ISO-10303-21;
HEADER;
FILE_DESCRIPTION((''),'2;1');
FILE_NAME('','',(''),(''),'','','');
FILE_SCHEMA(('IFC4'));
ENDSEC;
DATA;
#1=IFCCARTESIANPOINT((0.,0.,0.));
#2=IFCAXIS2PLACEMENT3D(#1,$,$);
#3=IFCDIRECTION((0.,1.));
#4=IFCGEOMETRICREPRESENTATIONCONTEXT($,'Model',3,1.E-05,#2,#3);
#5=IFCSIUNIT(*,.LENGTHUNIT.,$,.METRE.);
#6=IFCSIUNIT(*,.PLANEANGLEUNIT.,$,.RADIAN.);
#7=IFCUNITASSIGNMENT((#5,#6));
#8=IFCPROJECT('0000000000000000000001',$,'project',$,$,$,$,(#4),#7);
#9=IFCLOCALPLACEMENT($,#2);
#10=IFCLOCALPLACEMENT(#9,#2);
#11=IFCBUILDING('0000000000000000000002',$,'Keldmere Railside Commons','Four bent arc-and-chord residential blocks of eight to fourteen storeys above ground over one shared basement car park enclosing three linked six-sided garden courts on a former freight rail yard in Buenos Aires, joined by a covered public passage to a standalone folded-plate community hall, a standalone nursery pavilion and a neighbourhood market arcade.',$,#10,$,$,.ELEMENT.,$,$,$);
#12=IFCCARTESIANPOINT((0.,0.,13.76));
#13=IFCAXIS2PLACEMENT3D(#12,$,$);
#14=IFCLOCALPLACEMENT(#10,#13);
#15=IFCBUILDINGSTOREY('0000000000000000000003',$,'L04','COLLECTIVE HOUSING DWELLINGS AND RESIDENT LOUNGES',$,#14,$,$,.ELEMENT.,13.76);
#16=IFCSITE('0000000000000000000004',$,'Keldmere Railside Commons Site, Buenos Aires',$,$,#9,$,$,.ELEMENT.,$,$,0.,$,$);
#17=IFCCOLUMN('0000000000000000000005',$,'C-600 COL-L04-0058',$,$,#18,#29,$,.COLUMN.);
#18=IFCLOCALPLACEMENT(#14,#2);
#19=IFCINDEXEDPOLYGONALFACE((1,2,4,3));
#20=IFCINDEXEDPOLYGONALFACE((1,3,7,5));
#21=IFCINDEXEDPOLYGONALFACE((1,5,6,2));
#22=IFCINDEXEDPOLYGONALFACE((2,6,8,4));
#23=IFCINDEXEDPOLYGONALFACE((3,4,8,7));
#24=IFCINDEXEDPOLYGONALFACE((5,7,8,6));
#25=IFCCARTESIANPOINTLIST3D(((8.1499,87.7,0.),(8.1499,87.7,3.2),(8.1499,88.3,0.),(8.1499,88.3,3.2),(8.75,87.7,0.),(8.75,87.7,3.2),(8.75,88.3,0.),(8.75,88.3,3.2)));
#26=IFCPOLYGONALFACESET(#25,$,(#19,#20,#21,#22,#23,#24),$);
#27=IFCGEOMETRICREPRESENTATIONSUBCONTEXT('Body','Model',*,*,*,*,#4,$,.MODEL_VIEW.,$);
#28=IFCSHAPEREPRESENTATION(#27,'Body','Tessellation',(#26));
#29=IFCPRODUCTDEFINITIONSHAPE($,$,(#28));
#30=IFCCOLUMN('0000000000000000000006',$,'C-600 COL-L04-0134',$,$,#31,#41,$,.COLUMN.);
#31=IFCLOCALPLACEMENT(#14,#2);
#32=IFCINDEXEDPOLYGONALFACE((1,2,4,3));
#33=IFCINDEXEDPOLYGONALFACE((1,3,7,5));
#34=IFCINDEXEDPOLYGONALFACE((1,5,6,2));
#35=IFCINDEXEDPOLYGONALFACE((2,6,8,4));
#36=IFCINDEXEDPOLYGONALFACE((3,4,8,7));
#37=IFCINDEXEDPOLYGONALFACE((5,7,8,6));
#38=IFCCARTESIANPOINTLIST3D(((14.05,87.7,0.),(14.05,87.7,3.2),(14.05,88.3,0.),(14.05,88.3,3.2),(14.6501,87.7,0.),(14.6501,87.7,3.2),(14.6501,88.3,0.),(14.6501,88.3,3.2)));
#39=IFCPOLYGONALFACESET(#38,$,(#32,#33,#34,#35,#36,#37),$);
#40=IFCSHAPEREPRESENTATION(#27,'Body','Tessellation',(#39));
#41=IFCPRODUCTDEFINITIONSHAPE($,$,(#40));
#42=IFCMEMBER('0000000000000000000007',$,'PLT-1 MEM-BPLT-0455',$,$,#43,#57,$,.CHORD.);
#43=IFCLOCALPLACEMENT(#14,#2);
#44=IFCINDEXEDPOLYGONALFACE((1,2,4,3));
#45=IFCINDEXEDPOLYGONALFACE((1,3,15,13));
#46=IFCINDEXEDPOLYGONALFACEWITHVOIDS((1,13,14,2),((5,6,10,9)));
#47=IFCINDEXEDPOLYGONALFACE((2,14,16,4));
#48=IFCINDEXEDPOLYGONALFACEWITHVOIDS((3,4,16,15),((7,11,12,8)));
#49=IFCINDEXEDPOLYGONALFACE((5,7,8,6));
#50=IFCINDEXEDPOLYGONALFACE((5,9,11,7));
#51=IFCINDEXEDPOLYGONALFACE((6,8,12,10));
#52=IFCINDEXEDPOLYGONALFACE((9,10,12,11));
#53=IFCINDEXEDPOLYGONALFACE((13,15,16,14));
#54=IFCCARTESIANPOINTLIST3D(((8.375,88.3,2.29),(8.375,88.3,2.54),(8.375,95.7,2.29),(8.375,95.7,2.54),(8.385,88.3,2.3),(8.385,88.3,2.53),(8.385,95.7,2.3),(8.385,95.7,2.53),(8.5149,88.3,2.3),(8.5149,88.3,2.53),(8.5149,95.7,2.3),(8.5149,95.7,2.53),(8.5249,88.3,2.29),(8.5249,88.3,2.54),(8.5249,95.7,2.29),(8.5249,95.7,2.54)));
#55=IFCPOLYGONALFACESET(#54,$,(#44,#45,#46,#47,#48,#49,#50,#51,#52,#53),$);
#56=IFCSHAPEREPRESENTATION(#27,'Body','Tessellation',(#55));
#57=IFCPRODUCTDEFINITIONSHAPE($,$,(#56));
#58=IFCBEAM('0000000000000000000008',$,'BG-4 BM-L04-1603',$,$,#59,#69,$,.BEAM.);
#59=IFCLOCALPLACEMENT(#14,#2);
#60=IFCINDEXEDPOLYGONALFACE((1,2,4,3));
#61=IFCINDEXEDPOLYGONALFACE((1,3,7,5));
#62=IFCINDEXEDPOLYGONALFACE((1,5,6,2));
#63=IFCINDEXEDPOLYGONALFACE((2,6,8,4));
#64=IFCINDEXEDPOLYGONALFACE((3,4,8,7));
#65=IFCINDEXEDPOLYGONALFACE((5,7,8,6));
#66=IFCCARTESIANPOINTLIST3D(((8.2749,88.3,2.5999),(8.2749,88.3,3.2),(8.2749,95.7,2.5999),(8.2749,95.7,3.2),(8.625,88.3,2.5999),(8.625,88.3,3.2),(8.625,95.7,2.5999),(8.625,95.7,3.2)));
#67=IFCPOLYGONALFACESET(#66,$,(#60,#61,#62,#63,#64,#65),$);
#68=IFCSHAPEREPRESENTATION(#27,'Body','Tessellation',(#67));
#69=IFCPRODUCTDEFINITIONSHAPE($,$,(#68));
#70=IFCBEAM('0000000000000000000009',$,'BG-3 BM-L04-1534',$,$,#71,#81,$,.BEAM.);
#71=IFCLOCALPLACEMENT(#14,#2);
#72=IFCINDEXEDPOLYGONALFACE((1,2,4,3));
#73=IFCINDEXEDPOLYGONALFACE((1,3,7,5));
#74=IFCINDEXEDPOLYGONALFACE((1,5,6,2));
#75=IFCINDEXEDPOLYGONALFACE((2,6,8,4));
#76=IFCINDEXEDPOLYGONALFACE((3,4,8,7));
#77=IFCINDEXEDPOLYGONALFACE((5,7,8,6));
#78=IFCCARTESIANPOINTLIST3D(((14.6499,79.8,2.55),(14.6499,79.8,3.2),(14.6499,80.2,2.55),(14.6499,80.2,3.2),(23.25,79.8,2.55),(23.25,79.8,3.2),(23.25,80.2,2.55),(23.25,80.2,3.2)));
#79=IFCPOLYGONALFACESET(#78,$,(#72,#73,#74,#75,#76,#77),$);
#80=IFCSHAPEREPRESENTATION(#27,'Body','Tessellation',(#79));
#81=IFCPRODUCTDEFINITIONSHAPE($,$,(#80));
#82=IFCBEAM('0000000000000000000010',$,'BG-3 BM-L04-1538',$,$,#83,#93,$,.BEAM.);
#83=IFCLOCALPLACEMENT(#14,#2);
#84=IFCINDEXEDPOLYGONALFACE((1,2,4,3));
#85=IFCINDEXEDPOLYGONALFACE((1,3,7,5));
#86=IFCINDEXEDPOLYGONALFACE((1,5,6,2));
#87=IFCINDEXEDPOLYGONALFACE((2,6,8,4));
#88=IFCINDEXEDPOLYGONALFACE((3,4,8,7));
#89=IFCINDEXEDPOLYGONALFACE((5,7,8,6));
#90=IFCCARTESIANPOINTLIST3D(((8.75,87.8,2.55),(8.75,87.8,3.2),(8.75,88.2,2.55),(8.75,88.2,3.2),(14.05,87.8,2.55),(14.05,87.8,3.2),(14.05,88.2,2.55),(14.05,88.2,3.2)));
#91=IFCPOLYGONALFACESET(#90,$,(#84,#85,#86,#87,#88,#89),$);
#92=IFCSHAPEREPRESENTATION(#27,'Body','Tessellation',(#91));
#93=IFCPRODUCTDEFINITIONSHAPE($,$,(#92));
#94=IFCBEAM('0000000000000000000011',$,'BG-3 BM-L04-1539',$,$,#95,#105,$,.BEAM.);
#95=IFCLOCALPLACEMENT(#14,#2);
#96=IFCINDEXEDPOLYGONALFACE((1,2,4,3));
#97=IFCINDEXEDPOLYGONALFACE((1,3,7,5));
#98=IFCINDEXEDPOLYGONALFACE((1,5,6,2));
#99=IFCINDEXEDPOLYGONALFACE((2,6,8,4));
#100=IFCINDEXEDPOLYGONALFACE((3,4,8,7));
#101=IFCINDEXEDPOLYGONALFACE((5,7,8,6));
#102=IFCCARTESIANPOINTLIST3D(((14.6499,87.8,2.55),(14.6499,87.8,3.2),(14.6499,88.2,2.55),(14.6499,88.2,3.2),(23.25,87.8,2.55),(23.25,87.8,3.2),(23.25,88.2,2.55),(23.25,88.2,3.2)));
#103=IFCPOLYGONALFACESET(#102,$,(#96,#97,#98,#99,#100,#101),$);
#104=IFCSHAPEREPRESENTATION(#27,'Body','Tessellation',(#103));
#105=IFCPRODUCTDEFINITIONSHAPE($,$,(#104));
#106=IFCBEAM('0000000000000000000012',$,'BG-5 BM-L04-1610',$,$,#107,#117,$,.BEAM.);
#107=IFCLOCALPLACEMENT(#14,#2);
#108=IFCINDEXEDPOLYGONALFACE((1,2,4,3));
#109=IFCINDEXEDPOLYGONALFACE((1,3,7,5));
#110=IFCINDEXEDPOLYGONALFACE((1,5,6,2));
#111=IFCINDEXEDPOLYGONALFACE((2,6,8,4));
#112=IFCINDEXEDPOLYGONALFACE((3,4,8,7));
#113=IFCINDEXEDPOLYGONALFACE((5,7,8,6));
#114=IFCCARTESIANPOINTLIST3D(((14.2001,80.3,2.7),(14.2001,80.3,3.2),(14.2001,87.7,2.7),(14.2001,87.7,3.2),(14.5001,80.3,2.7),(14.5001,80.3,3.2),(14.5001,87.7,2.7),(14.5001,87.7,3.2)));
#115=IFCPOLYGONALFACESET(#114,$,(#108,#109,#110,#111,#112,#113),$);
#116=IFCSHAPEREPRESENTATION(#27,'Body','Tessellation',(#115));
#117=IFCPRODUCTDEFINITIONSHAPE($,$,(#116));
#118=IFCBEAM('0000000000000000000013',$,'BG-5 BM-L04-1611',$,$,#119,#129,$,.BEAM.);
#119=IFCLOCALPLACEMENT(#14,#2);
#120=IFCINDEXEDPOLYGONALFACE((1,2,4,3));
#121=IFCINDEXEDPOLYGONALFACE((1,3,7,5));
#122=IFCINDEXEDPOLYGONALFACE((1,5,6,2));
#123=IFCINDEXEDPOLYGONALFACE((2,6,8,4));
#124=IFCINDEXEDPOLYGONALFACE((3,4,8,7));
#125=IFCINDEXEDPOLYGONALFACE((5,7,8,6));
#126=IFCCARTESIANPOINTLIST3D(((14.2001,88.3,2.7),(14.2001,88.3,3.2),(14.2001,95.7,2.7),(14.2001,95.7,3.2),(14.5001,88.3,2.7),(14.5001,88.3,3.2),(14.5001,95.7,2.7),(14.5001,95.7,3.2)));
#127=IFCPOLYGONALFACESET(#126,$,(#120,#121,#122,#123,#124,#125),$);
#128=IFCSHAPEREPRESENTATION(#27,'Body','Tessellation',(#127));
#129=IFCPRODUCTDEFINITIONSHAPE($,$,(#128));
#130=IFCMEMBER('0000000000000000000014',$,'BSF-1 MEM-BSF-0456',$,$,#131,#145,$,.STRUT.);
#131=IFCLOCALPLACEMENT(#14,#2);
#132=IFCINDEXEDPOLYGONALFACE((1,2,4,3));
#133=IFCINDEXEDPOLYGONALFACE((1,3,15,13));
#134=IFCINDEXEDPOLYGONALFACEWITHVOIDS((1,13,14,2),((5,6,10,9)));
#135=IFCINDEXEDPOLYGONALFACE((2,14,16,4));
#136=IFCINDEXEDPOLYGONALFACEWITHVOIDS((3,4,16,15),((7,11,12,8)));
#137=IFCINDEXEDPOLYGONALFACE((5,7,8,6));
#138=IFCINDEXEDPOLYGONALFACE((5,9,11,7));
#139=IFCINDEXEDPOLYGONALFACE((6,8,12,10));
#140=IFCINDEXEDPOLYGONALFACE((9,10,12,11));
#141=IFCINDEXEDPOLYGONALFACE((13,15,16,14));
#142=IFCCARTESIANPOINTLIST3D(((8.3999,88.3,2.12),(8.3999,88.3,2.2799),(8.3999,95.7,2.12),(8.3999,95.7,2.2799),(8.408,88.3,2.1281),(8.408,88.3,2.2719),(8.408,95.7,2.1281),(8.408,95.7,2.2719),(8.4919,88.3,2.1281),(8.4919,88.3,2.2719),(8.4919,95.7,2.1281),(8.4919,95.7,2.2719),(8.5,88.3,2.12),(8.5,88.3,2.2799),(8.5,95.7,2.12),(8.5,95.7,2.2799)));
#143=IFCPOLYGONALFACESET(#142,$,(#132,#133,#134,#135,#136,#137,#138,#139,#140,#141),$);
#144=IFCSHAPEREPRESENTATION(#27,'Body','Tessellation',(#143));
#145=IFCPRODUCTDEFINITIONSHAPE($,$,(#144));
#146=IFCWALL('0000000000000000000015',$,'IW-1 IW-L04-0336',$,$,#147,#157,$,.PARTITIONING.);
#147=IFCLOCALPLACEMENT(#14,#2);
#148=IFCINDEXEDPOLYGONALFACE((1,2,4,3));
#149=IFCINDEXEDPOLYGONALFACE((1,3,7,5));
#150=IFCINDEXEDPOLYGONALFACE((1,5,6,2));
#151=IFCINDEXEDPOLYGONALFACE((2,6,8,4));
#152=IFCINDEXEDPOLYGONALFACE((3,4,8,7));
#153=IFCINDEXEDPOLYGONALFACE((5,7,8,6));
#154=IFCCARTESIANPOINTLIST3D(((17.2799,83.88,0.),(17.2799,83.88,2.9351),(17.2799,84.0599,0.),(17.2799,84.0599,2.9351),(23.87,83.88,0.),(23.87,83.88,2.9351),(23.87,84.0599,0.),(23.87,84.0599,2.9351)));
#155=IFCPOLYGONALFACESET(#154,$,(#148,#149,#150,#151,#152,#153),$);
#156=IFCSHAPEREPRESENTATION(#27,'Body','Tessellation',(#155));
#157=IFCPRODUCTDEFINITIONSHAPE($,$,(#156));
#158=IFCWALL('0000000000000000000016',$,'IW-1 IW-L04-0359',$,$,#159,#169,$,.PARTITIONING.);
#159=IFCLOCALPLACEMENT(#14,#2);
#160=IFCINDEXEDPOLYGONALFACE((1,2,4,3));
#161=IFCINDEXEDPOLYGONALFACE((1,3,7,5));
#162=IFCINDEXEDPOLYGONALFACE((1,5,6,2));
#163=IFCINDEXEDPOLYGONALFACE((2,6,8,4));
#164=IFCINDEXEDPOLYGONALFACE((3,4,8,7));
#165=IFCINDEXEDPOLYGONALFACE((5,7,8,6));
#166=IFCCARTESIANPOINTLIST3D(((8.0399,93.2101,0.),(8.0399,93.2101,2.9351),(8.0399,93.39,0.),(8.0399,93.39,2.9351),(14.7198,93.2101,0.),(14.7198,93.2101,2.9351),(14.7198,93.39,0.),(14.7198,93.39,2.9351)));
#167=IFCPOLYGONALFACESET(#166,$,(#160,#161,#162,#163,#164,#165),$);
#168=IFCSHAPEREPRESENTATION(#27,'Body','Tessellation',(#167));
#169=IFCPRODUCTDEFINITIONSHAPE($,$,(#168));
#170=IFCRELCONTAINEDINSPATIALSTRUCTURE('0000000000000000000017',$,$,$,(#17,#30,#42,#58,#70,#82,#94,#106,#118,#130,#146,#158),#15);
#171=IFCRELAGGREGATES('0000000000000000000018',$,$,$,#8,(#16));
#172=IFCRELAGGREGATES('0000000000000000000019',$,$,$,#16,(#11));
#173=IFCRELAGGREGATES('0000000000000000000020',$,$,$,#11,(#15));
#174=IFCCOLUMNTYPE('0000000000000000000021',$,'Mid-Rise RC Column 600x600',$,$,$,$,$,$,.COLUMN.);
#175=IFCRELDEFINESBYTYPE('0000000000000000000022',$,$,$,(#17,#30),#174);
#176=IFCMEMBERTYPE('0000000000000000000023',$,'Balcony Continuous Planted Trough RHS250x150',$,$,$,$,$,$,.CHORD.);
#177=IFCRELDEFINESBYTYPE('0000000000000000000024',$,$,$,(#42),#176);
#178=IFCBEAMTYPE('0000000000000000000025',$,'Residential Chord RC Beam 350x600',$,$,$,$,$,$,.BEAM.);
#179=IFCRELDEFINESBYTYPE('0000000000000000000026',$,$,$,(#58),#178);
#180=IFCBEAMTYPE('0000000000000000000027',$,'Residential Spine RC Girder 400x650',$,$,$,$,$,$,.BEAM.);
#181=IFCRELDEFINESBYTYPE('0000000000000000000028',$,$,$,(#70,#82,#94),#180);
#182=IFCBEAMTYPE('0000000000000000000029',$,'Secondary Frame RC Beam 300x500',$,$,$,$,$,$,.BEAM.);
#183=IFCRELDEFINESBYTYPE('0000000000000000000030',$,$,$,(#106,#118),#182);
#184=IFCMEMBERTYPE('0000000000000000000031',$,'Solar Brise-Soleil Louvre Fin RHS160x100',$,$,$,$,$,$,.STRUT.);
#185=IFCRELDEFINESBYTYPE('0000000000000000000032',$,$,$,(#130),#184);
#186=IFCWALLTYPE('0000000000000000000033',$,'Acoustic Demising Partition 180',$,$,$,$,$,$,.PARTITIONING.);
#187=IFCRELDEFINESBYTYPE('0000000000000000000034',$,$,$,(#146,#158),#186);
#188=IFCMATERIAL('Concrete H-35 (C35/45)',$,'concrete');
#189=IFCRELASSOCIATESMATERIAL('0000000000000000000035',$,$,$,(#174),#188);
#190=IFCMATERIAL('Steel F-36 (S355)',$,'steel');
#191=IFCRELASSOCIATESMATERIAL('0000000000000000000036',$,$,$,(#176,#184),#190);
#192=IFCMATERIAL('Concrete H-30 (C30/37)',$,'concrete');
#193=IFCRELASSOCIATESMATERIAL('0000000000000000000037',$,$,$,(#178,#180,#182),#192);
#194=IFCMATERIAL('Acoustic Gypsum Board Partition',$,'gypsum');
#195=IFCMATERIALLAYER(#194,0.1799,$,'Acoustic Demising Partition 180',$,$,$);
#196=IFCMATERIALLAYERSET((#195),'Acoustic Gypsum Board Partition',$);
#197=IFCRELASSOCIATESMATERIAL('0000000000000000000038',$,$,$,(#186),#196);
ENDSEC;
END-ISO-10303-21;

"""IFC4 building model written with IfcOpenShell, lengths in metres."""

from ifc_helpers import new_model, si_unit, direction, frame, frame_2d, origin, origin_2d, place, context, subcontext, project, spatial, rectangle, hollow_rectangle, extrude, material, layer, layer_set, material_profile, profile_set, type_object, element, save


model = new_model("IFC4")

# Units and contexts
model_context = context("Model", 3, precision=1e-05, world=origin(), true_north=direction((0.0, 1.0)))
body_context = subcontext(model_context, "Body", "Model", "MODEL_VIEW")
ifc_project = project(units=[si_unit("LENGTHUNIT", "METRE"), si_unit("PLANEANGLEUNIT", "RADIAN")], contexts=[model_context])

# Site, building, storey
site_placement = place(None, origin())
site = spatial("IfcSite", under=ifc_project, at=site_placement, Name="Keldmere Railside Commons Site, Buenos Aires", CompositionType="ELEMENT", RefElevation=0.0)
building_placement = place(site_placement, origin())
building = spatial("IfcBuilding", under=site, at=building_placement, Name="Keldmere Railside Commons", Description="Four bent arc-and-chord residential blocks of eight to fourteen storeys above ground over one shared basement car park enclosing three linked six-sided garden courts on a former freight rail yard in Buenos Aires, joined by a covered public passage to a standalone folded-plate community hall, a standalone nursery pavilion and a neighbourhood market arcade.", CompositionType="ELEMENT")
storey_placement = place(building_placement, frame((0.0, 0.0, 13.76)))
storey = spatial("IfcBuildingStorey", under=building, at=storey_placement, Name="L04", Description="COLLECTIVE HOUSING DWELLINGS AND RESIDENT LOUNGES", CompositionType="ELEMENT", Elevation=13.76)

# Columns
ifc_material_1 = material(Name="Concrete H-35 (C35/45)", Category="concrete")
ifc_material_profile_1 = material_profile(ifc_material_1, rectangle(XDim=0.6001, YDim=0.6001, at=origin_2d()), Name="RC-600x600")
ifc_profile_set_1 = profile_set([ifc_material_profile_1], Name="Concrete H-35 (C35/45)")
column_type = type_object("IfcColumnType", Name="Mid-Rise RC Column 600x600", PredefinedType="COLUMN", material=ifc_profile_set_1)
for number, where, z_axis, x_axis, name in (
    (1, (8.45, 88.0, 0.0), (0.0, 0.0, 1.0), (1.0, 0.0, 0.0), "C-600 COL-L04-0058"),
    (2, (14.3501, 88.0, 0.0), (0.0, 0.0, 1.0), (1.0, 0.0, 0.0), "C-600 COL-L04-0134"),
):
    element("IfcColumn", number, at=place(storey_placement, frame(where, z_axis=z_axis, x_axis=x_axis)), inside=storey, type_object=column_type, Name=name, PredefinedType="COLUMN", context=body_context, shape_type="SweptSolid", body=[
        extrude(rectangle(XDim=0.6001, YDim=0.6001, at=origin_2d()), origin(), (0.0, 0.0, 1.0), 3.2),
    ])

# Member
ifc_material_2 = material(Name="Steel F-36 (S355)", Category="steel")
ifc_material_profile_2 = material_profile(ifc_material_2, hollow_rectangle(XDim=0.1499, YDim=0.25, WallThickness=0.01, at=origin_2d()), Name="RHS-250x150x10")
ifc_profile_set_2 = profile_set([ifc_material_profile_2], Name="Steel F-36 (S355)")
member_type_1 = type_object("IfcMemberType", Name="Balcony Continuous Planted Trough RHS250x150", PredefinedType="CHORD", material=ifc_profile_set_2)
member_1_placement = place(storey_placement, frame((8.45, 88.3, 2.415), z_axis=(0.0, 1.0, 0.0), x_axis=(-1.0, 0.0, 0.0)))
element("IfcMember", 3, at=member_1_placement, inside=storey, type_object=member_type_1, Name="PLT-1 MEM-BPLT-0455", PredefinedType="CHORD", context=body_context, shape_type="SweptSolid", body=[
    extrude(hollow_rectangle(XDim=0.1499, YDim=0.25, WallThickness=0.01, at=origin_2d()), origin(), (0.0, 0.0, 1.0), 7.3999),
])

# Beams
ifc_material_3 = material(Name="Concrete H-30 (C30/37)", Category="concrete")
ifc_material_profile_3 = material_profile(ifc_material_3, rectangle(XDim=0.3501, YDim=0.6001, at=origin_2d()), Name="RC-350x600")
ifc_profile_set_3 = profile_set([ifc_material_profile_3], Name="Concrete H-30 (C30/37)")
beam_type_1 = type_object("IfcBeamType", Name="Residential Chord RC Beam 350x600", PredefinedType="BEAM", material=ifc_profile_set_3)
beam_1_placement = place(storey_placement, frame((8.45, 88.3, 2.8999), z_axis=(0.0, 1.0, 0.0), x_axis=(-1.0, 0.0, 0.0)))
element("IfcBeam", 4, at=beam_1_placement, inside=storey, type_object=beam_type_1, Name="BG-4 BM-L04-1603", PredefinedType="BEAM", context=body_context, shape_type="SweptSolid", body=[
    extrude(rectangle(XDim=0.3501, YDim=0.6001, at=origin_2d()), origin(), (0.0, 0.0, 1.0), 7.3999),
])
ifc_material_profile_4 = material_profile(ifc_material_3, rectangle(XDim=0.3999, YDim=0.6499, at=origin_2d()), Name="RC-400x650")
ifc_profile_set_4 = profile_set([ifc_material_profile_4], Name="Concrete H-30 (C30/37)")
beam_type_2 = type_object("IfcBeamType", Name="Residential Spine RC Girder 400x650", PredefinedType="BEAM", material=ifc_profile_set_4)
beam_2_placement = place(storey_placement, frame((14.6499, 80.0, 2.875), z_axis=(1.0, 0.0, 0.0), x_axis=(0.0, 1.0, 0.0)))
element("IfcBeam", 5, at=beam_2_placement, inside=storey, type_object=beam_type_2, Name="BG-3 BM-L04-1534", PredefinedType="BEAM", context=body_context, shape_type="SweptSolid", body=[
    extrude(rectangle(XDim=0.3999, YDim=0.6499, at=origin_2d()), origin(), (0.0, 0.0, 1.0), 8.6001),
])
beam_3_placement = place(storey_placement, frame((8.75, 88.0, 2.875), z_axis=(1.0, 0.0, 0.0), x_axis=(0.0, 1.0, 0.0)))
element("IfcBeam", 6, at=beam_3_placement, inside=storey, type_object=beam_type_2, Name="BG-3 BM-L04-1538", PredefinedType="BEAM", context=body_context, shape_type="SweptSolid", body=[
    extrude(rectangle(XDim=0.3999, YDim=0.6499, at=origin_2d()), origin(), (0.0, 0.0, 1.0), 5.3),
])
beam_4_placement = place(storey_placement, frame((14.6499, 88.0, 2.875), z_axis=(1.0, 0.0, 0.0), x_axis=(0.0, 1.0, 0.0)))
element("IfcBeam", 7, at=beam_4_placement, inside=storey, type_object=beam_type_2, Name="BG-3 BM-L04-1539", PredefinedType="BEAM", context=body_context, shape_type="SweptSolid", body=[
    extrude(rectangle(XDim=0.3999, YDim=0.6499, at=origin_2d()), origin(), (0.0, 0.0, 1.0), 8.6001),
])
ifc_material_profile_5 = material_profile(ifc_material_3, rectangle(XDim=0.3, YDim=0.5, at=origin_2d()), Name="RC-300x500")
ifc_profile_set_5 = profile_set([ifc_material_profile_5], Name="Concrete H-30 (C30/37)")
beam_type_3 = type_object("IfcBeamType", Name="Secondary Frame RC Beam 300x500", PredefinedType="BEAM", material=ifc_profile_set_5)
for number, where, z_axis, x_axis, name in (
    (8, (14.3501, 80.3, 2.95), (0.0, 1.0, 0.0), (-1.0, 0.0, 0.0), "BG-5 BM-L04-1610"),
    (9, (14.3501, 88.3, 2.95), (0.0, 1.0, 0.0), (-1.0, 0.0, 0.0), "BG-5 BM-L04-1611"),
):
    element("IfcBeam", number, at=place(storey_placement, frame(where, z_axis=z_axis, x_axis=x_axis)), inside=storey, type_object=beam_type_3, Name=name, PredefinedType="BEAM", context=body_context, shape_type="SweptSolid", body=[
        extrude(rectangle(XDim=0.3, YDim=0.5, at=origin_2d()), origin(), (0.0, 0.0, 1.0), 7.3999),
    ])

# Member
ifc_material_profile_6 = material_profile(ifc_material_2, hollow_rectangle(XDim=0.1001, YDim=0.1599, WallThickness=0.0081, at=origin_2d()), Name="RHS-160x100x8")
ifc_profile_set_6 = profile_set([ifc_material_profile_6], Name="Steel F-36 (S355)")
member_type_2 = type_object("IfcMemberType", Name="Solar Brise-Soleil Louvre Fin RHS160x100", PredefinedType="STRUT", material=ifc_profile_set_6)
member_2_placement = place(storey_placement, frame((8.45, 88.3, 2.2), z_axis=(0.0, 1.0, 0.0), x_axis=(-1.0, 0.0, 0.0)))
element("IfcMember", 10, at=member_2_placement, inside=storey, type_object=member_type_2, Name="BSF-1 MEM-BSF-0456", PredefinedType="STRUT", context=body_context, shape_type="SweptSolid", body=[
    extrude(hollow_rectangle(XDim=0.1001, YDim=0.1599, WallThickness=0.0081, at=origin_2d()), origin(), (0.0, 0.0, 1.0), 7.3999),
])

# Walls
ifc_material_4 = material(Name="Acoustic Gypsum Board Partition", Category="gypsum")
ifc_layer_1 = layer(ifc_material_4, 0.1799, Name="Acoustic Demising Partition 180")
ifc_layer_set_1 = layer_set([ifc_layer_1], Name="Acoustic Gypsum Board Partition")
wall_type_1 = type_object("IfcWallType", Name="Acoustic Demising Partition 180", PredefinedType="PARTITIONING", material=ifc_layer_set_1)
wall_1_placement = place(storey_placement, frame((17.28, 83.97, 0.0), z_axis=(0.0, 0.0, 1.0), x_axis=(1.0, 0.0, 0.0)))
element("IfcWall", 11, at=wall_1_placement, inside=storey, type_object=wall_type_1, Name="IW-1 IW-L04-0336", PredefinedType="PARTITIONING", context=body_context, shape_type="SweptSolid", body=[
    extrude(rectangle(XDim=6.5901, YDim=0.1799, at=frame_2d((3.2949, 0.0))), origin(), (0.0, 0.0, 1.0), 2.9351),
])
wall_2_placement = place(storey_placement, frame((8.04, 93.3, 0.0), z_axis=(0.0, 0.0, 1.0), x_axis=(1.0, 0.0, 0.0)))
element("IfcWall", 12, at=wall_2_placement, inside=storey, type_object=wall_type_1, Name="IW-1 IW-L04-0359", PredefinedType="PARTITIONING", context=body_context, shape_type="SweptSolid", body=[
    extrude(rectangle(XDim=6.6799, YDim=0.1799, at=frame_2d((3.3398, 0.0))), origin(), (0.0, 0.0, 1.0), 2.9351),
])

save(model, "model.ifc")
